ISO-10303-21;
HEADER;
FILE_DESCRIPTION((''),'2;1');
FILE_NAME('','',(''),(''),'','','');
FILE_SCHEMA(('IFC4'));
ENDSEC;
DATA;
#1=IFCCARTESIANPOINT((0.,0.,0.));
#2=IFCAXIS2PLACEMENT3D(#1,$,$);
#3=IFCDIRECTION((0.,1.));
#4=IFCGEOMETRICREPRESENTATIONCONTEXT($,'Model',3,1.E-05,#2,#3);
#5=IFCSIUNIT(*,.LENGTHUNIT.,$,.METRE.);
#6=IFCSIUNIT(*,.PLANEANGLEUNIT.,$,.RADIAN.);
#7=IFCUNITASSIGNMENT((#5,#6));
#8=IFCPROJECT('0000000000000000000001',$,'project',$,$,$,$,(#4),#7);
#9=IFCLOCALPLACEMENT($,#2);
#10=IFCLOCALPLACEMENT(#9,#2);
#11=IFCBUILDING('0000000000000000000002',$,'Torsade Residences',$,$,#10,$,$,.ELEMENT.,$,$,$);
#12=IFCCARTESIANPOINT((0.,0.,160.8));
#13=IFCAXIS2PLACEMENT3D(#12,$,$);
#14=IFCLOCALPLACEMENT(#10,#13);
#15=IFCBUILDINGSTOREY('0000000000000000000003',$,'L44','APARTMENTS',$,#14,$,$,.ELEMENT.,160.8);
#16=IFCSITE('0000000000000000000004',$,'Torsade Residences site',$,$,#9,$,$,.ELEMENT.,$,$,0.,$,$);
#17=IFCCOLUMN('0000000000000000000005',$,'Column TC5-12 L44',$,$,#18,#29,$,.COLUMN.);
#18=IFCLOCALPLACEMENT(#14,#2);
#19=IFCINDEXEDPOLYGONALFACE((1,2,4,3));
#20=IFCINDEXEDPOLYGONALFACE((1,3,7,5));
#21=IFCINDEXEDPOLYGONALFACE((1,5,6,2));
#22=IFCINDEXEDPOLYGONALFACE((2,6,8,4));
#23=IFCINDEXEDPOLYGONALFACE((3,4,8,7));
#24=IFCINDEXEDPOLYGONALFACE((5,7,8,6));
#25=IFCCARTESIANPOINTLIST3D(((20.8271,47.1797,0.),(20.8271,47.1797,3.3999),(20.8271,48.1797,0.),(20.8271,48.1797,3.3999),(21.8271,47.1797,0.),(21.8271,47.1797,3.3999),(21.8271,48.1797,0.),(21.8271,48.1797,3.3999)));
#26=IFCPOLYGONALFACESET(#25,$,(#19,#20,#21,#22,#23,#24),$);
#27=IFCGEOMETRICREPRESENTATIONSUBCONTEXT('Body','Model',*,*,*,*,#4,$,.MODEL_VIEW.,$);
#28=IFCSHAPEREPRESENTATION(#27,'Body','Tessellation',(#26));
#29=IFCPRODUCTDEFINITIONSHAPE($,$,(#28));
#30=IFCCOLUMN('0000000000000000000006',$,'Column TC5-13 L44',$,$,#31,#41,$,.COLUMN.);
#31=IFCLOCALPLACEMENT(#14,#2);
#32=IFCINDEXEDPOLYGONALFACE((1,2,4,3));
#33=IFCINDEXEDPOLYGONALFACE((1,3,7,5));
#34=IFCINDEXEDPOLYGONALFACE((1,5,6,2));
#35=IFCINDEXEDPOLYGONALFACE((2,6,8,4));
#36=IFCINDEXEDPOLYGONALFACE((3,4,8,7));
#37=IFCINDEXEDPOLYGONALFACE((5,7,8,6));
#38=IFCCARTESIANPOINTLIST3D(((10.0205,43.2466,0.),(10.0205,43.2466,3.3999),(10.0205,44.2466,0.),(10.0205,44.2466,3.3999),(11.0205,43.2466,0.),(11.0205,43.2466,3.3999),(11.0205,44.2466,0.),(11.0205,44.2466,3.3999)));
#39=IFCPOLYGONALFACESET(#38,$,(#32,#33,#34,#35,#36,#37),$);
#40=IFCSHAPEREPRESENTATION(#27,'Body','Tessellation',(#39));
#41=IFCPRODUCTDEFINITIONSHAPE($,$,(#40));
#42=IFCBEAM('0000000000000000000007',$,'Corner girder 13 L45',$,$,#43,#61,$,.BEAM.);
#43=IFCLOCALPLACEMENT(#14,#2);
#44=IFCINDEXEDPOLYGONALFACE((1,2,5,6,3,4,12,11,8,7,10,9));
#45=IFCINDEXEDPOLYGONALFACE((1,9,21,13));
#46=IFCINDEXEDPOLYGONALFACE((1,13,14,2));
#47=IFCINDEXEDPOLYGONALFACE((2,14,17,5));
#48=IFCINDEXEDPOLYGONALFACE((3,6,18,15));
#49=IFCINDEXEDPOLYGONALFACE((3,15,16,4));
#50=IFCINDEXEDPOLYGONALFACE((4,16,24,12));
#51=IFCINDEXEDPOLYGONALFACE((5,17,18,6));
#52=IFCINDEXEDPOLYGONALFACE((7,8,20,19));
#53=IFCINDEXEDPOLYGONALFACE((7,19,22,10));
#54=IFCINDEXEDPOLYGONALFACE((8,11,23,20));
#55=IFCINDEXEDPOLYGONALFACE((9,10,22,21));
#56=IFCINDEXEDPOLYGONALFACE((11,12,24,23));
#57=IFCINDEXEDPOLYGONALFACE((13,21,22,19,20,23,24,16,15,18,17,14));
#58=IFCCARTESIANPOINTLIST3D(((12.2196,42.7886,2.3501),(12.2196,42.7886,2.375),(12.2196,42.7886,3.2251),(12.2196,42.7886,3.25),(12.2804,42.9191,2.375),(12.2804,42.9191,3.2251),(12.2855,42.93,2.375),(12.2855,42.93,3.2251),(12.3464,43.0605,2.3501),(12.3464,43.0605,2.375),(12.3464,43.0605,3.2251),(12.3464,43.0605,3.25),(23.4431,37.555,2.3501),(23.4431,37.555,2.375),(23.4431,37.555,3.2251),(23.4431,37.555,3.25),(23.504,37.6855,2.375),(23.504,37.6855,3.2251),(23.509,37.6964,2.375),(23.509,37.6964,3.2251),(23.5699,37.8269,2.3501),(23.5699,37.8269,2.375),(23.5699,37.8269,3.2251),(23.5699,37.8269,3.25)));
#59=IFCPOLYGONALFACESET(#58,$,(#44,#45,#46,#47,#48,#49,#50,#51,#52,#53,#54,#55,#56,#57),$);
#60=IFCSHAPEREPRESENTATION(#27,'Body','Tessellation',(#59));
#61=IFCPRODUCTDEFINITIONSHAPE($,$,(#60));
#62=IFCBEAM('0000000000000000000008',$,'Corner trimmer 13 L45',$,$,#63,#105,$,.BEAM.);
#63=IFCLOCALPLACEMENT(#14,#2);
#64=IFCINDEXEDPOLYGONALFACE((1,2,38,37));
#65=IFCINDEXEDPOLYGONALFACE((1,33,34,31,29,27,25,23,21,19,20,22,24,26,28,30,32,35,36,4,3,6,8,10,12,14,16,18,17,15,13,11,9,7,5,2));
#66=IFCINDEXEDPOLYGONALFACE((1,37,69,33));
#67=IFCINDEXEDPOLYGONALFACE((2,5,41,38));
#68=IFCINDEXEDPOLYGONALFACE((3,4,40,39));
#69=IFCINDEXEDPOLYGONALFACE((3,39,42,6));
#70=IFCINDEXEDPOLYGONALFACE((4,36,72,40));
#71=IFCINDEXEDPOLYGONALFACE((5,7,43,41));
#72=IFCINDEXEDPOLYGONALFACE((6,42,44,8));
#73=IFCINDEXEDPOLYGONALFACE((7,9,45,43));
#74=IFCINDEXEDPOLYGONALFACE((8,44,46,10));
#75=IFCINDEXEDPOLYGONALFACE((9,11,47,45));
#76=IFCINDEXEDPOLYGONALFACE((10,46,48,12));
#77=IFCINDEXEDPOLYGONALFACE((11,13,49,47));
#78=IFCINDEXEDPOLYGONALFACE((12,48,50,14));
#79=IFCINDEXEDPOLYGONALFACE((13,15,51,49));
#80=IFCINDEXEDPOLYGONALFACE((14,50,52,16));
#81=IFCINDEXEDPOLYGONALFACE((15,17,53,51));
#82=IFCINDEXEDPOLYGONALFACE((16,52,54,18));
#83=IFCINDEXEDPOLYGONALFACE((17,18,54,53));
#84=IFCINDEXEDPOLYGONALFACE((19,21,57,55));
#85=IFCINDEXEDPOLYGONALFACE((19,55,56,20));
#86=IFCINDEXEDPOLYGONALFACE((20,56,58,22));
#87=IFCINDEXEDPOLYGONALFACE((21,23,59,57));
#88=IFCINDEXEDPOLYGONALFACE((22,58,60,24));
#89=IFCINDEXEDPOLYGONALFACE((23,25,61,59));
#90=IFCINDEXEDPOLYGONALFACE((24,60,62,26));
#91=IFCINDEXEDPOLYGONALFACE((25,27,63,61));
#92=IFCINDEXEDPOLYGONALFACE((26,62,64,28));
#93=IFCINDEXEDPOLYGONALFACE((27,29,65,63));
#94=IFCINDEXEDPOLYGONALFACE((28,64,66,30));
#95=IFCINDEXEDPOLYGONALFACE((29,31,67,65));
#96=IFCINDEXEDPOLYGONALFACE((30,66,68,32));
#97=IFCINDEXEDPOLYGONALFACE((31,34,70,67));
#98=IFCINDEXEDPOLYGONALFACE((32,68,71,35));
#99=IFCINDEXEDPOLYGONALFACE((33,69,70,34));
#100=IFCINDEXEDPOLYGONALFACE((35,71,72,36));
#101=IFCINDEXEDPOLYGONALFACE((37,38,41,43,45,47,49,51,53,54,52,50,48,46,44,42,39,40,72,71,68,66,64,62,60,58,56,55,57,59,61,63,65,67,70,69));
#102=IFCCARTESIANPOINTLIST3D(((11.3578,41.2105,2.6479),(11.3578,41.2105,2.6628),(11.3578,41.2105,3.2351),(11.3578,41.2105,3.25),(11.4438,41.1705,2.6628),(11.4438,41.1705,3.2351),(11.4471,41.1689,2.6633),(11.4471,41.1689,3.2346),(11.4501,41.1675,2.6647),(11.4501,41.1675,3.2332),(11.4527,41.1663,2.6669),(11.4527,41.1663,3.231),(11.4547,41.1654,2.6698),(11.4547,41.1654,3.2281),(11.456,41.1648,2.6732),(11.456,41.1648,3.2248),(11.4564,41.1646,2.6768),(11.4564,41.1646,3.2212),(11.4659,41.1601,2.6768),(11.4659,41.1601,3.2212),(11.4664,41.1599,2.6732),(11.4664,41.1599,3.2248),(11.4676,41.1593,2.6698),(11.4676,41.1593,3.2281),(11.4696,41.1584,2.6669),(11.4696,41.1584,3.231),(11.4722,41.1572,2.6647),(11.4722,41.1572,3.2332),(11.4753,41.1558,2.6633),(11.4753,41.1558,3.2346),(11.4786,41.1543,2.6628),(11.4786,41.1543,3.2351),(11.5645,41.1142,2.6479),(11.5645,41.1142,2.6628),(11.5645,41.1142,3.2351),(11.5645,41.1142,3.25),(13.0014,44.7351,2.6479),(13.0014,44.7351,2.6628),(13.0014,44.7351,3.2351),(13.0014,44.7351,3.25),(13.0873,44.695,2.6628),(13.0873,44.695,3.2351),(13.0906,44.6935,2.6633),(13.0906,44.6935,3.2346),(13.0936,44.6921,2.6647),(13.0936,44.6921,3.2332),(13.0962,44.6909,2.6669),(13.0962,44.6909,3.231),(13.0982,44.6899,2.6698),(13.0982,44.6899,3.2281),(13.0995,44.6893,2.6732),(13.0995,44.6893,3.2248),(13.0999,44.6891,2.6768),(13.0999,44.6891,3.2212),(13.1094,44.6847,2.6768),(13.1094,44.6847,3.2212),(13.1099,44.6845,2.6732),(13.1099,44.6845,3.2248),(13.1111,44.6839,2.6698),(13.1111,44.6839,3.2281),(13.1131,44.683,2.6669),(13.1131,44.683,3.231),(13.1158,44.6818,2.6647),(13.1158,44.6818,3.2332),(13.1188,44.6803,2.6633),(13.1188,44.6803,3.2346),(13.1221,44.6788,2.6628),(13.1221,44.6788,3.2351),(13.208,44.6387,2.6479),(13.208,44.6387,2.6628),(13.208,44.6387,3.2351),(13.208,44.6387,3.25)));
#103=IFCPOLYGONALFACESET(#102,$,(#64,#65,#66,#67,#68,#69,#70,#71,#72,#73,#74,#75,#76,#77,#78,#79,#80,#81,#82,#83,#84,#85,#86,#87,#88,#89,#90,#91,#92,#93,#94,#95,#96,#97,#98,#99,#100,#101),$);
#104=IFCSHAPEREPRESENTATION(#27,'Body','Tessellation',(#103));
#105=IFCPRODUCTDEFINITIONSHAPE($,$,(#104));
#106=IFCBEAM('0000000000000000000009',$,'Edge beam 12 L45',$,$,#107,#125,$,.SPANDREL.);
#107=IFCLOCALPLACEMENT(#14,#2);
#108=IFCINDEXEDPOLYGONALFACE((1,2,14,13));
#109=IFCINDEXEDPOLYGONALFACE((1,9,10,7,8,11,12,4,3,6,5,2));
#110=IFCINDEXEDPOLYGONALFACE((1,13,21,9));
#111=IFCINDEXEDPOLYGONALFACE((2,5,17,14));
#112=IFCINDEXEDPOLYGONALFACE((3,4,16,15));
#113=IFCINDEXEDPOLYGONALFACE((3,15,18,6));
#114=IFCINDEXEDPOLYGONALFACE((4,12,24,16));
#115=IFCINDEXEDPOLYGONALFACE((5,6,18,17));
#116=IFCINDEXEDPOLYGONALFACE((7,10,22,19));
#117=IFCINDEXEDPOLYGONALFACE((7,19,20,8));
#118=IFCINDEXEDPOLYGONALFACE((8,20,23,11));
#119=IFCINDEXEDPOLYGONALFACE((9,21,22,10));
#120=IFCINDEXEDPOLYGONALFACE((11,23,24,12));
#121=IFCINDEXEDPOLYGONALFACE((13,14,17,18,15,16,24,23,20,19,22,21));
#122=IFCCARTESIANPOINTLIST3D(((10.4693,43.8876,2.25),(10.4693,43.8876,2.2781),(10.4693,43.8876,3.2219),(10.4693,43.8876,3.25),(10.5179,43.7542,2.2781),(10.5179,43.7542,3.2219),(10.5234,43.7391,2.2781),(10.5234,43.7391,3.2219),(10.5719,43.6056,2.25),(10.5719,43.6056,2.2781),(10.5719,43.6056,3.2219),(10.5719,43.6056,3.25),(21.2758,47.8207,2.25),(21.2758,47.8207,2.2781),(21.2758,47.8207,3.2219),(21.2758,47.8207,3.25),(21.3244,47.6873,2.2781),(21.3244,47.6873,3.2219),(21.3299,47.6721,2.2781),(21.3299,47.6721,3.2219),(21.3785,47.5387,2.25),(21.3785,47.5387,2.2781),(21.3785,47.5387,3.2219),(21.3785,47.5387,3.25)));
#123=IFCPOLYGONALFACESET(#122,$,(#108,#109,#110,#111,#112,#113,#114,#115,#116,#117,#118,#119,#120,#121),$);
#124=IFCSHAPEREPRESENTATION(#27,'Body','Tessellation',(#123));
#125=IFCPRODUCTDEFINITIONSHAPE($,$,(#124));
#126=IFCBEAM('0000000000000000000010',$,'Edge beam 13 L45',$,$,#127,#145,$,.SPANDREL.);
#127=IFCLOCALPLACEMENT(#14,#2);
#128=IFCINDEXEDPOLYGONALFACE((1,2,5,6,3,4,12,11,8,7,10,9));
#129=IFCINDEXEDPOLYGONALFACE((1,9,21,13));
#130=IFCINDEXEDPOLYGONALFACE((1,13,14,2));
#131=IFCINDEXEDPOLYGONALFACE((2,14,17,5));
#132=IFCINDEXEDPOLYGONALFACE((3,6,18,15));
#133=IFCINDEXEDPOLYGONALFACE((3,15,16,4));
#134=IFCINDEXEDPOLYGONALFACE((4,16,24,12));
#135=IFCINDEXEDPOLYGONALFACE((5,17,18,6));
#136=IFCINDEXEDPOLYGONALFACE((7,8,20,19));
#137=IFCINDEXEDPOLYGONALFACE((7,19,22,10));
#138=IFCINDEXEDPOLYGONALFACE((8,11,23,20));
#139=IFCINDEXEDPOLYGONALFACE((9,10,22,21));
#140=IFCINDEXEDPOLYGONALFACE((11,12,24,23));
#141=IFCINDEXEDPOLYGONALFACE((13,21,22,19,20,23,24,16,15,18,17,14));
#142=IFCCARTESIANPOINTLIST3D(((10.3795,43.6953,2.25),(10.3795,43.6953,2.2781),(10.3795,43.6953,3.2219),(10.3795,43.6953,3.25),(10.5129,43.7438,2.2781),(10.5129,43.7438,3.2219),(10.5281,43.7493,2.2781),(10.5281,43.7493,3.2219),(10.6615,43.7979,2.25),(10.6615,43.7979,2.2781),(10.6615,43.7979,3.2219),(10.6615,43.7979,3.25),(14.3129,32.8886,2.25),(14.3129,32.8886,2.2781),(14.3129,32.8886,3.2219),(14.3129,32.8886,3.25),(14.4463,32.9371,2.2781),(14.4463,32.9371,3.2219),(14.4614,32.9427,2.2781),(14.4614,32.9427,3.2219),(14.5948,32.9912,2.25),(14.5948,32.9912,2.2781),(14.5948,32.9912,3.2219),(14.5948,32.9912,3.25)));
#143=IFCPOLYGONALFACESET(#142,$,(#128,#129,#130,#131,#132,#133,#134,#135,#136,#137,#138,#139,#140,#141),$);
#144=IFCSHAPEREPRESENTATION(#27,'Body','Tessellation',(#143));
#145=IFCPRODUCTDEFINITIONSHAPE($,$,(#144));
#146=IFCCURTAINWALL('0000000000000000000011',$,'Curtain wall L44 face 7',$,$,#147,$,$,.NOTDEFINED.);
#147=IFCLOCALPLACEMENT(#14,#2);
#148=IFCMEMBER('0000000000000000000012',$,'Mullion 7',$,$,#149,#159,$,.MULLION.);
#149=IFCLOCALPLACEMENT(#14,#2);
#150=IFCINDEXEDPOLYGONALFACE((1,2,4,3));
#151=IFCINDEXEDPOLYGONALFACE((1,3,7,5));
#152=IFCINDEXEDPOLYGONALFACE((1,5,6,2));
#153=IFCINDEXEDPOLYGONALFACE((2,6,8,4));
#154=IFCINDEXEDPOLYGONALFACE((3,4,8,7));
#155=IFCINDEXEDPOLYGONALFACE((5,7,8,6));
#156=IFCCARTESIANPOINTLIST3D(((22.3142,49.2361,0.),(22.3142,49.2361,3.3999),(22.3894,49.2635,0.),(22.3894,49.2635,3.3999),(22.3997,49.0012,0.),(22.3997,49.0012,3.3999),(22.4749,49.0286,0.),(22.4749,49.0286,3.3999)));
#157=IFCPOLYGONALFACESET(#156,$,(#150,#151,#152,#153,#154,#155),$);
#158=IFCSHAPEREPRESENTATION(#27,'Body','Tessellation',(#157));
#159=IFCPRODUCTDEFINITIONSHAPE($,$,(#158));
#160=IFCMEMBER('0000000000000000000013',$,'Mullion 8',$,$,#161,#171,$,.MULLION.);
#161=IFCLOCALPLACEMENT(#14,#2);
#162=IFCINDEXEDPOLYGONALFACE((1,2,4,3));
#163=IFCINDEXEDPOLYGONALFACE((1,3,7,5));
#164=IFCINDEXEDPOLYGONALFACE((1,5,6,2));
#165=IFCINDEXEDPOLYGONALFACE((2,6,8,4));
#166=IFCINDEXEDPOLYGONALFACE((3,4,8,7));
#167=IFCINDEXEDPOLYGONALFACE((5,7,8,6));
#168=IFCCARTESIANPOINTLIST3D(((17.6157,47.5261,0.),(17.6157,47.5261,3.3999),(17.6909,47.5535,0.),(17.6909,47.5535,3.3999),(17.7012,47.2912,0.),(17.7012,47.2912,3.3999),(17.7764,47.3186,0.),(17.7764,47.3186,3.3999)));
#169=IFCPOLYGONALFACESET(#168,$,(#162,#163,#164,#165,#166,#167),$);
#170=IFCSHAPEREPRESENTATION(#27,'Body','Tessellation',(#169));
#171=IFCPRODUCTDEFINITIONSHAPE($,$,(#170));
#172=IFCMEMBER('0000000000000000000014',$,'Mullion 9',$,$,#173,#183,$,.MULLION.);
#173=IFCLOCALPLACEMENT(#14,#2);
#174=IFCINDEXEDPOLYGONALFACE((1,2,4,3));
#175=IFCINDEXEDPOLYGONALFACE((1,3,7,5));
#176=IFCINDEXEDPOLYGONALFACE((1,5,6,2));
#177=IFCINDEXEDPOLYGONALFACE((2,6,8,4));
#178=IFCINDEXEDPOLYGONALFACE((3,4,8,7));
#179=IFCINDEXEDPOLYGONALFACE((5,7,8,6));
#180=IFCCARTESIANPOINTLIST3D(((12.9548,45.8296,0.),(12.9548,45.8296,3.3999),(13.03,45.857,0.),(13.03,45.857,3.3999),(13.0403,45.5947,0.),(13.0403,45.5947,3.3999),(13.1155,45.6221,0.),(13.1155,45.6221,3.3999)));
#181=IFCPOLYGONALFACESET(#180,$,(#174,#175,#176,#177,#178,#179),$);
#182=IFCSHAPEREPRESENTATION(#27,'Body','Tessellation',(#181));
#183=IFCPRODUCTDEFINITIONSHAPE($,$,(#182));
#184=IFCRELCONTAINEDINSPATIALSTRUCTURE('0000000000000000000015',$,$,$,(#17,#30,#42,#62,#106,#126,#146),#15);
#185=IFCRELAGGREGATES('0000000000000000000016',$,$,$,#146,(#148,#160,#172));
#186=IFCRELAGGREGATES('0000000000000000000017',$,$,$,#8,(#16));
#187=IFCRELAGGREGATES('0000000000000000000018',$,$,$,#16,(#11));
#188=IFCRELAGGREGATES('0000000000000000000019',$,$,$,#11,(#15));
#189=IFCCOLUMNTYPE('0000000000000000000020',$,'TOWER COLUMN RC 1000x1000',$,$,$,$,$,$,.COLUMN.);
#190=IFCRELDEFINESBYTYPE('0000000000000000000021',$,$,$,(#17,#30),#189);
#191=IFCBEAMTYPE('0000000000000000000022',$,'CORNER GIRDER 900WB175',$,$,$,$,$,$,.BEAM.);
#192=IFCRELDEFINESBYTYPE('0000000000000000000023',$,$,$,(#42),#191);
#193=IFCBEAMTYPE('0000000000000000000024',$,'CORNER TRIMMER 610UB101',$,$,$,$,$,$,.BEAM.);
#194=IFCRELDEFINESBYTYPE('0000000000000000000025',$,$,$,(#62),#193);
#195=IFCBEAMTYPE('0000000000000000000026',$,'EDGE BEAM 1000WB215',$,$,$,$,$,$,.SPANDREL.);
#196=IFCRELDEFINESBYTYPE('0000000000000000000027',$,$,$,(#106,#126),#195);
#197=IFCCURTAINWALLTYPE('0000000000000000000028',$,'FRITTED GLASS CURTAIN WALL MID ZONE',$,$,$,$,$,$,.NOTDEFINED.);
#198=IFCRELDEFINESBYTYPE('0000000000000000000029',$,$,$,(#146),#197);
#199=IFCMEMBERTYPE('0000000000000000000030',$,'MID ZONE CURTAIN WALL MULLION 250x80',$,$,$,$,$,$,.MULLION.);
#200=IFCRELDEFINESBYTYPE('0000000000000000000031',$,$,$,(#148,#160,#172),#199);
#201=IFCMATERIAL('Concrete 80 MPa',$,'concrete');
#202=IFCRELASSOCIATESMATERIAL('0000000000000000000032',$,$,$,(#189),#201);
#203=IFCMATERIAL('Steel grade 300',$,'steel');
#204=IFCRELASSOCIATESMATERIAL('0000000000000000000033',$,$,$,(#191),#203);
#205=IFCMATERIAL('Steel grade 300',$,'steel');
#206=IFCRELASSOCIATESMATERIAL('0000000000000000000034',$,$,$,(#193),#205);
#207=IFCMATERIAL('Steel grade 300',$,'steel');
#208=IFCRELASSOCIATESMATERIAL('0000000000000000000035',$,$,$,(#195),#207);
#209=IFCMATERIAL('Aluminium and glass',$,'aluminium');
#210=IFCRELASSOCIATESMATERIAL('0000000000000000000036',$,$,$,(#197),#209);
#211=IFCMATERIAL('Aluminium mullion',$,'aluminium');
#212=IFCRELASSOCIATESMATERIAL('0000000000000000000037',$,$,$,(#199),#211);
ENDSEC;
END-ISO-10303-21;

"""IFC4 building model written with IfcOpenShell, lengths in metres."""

from ifc_helpers import new_model, si_unit, direction, frame, origin, origin_2d, place, context, subcontext, project, spatial, rectangle, i_section, extrude, material, material_profile, profile_set, type_object, element, aggregate, save


model = new_model("IFC4")

# Units and contexts
model_context = context("Model", 3, precision=1e-05, world=origin(), true_north=direction((0.0, 1.0)))
body_context = subcontext(model_context, "Body", "Model", "MODEL_VIEW")
ifc_project = project(units=[si_unit("LENGTHUNIT", "METRE"), si_unit("PLANEANGLEUNIT", "RADIAN")], contexts=[model_context])

# Site, building, storey
site_placement = place(None, origin())
site = spatial("IfcSite", under=ifc_project, at=site_placement, Name="Torsade Residences site", CompositionType="ELEMENT", RefElevation=0.0)
building_placement = place(site_placement, origin())
building = spatial("IfcBuilding", under=site, at=building_placement, Name="Torsade Residences", CompositionType="ELEMENT")
storey_placement = place(building_placement, frame((0.0, 0.0, 160.8)))
storey = spatial("IfcBuildingStorey", under=building, at=storey_placement, Name="L44", Description="APARTMENTS", CompositionType="ELEMENT", Elevation=160.8)

# Columns
ifc_material_1 = material(Name="Concrete 80 MPa", Category="concrete")
ifc_material_profile_1 = material_profile(ifc_material_1, rectangle(XDim=1.0, YDim=1.0, at=origin_2d()), Name="RC 1000x1000")
ifc_profile_set_1 = profile_set([ifc_material_profile_1], Name="Concrete 80 MPa")
column_type = type_object("IfcColumnType", Name="TOWER COLUMN RC 1000x1000", PredefinedType="COLUMN", material=ifc_profile_set_1)
for number, where, z_axis, x_axis, name in (
    (1, (21.3271, 47.6797, 0.0), (0.0, 0.0, 1.0), (1.0, 0.0, 0.0), "Column TC5-12 L44"),
    (2, (10.5205, 43.7466, 0.0), (0.0, 0.0, 1.0), (1.0, 0.0, 0.0), "Column TC5-13 L44"),
):
    element("IfcColumn", number, at=place(storey_placement, frame(where, z_axis=z_axis, x_axis=x_axis)), inside=storey, type_object=column_type, Name=name, PredefinedType="COLUMN", context=body_context, shape_type="SweptSolid", body=[
        extrude(rectangle(XDim=1.0, YDim=1.0, at=origin_2d()), origin(), (0.0, 0.0, 1.0), 3.3999),
    ])

# Beams
ifc_material_2 = material(Name="Steel grade 300", Category="steel")
ifc_material_profile_2 = material_profile(ifc_material_2, i_section(OverallWidth=0.3, OverallDepth=0.8999, WebThickness=0.012, FlangeThickness=0.0249, at=origin_2d()), Name="900WB175")
ifc_profile_set_2 = profile_set([ifc_material_profile_2], Name="Steel grade 300")
beam_type_1 = type_object("IfcBeamType", Name="CORNER GIRDER 900WB175", PredefinedType="BEAM", material=ifc_profile_set_2)
beam_1_placement = place(storey_placement, frame((12.283, 42.9246, 2.8), z_axis=(0.906309, -0.422617, 0.0), x_axis=(0.422617, 0.906309, 0.0)))
element("IfcBeam", 3, at=beam_1_placement, inside=storey, type_object=beam_type_1, Name="Corner girder 13 L45", PredefinedType="BEAM", context=body_context, shape_type="SweptSolid", body=[
    extrude(i_section(OverallWidth=0.3, OverallDepth=0.8999, WebThickness=0.012, FlangeThickness=0.0249, at=origin_2d()), origin(), (0.0, 0.0, 1.0), 12.3838),
])
ifc_material_3 = material(Name="Steel grade 300", Category="steel")
ifc_material_profile_3 = material_profile(ifc_material_3, i_section(OverallWidth=0.228, OverallDepth=0.6021, WebThickness=0.0105, FlangeThickness=0.0149, FilletRadius=0.0139, at=origin_2d()), Name="610UB101")
ifc_profile_set_3 = profile_set([ifc_material_profile_3], Name="Steel grade 300")
beam_type_2 = type_object("IfcBeamType", Name="CORNER TRIMMER 610UB101", PredefinedType="BEAM", material=ifc_profile_set_3)
beam_2_placement = place(storey_placement, frame((11.4612, 41.1624, 2.949), z_axis=(0.422614, 0.90631, 0.0), x_axis=(-0.90631, 0.422614, 0.0)))
element("IfcBeam", 4, at=beam_2_placement, inside=storey, type_object=beam_type_2, Name="Corner trimmer 13 L45", PredefinedType="BEAM", context=body_context, shape_type="SweptSolid", body=[
    extrude(i_section(OverallWidth=0.228, OverallDepth=0.6021, WebThickness=0.0105, FlangeThickness=0.0149, FilletRadius=0.0139, at=origin_2d()), origin(), (0.0, 0.0, 1.0), 3.8889),
])
ifc_material_4 = material(Name="Steel grade 300", Category="steel")
ifc_material_profile_4 = material_profile(ifc_material_4, i_section(OverallWidth=0.3, OverallDepth=1.0, WebThickness=0.0161, FlangeThickness=0.0281, at=origin_2d()), Name="1000WB215")
ifc_profile_set_4 = profile_set([ifc_material_profile_4], Name="Steel grade 300")
beam_type_3 = type_object("IfcBeamType", Name="EDGE BEAM 1000WB215", PredefinedType="SPANDREL", material=ifc_profile_set_4)
beam_3_placement = place(storey_placement, frame((21.3271, 47.6797, 2.75), z_axis=(-0.939698, -0.342006, 0.0), x_axis=(0.342006, -0.939698, 0.0)))
element("IfcBeam", 5, at=beam_3_placement, inside=storey, type_object=beam_type_3, Name="Edge beam 12 L45", PredefinedType="SPANDREL", context=body_context, shape_type="SweptSolid", body=[
    extrude(i_section(OverallWidth=0.3, OverallDepth=1.0, WebThickness=0.0161, FlangeThickness=0.0281, at=origin_2d()), origin(), (0.0, 0.0, 1.0), 11.5),
])
beam_4_placement = place(storey_placement, frame((10.5205, 43.7466, 2.75), z_axis=(0.342024, -0.939691, 0.0), x_axis=(0.939691, 0.342024, 0.0)))
element("IfcBeam", 6, at=beam_4_placement, inside=storey, type_object=beam_type_3, Name="Edge beam 13 L45", PredefinedType="SPANDREL", context=body_context, shape_type="SweptSolid", body=[
    extrude(i_section(OverallWidth=0.3, OverallDepth=1.0, WebThickness=0.0161, FlangeThickness=0.0281, at=origin_2d()), origin(), (0.0, 0.0, 1.0), 11.5002),
])

# Curtain wall, members
ifc_material_5 = material(Name="Aluminium and glass", Category="aluminium")
curtain_wall_type = type_object("IfcCurtainWallType", Name="FRITTED GLASS CURTAIN WALL MID ZONE", PredefinedType="NOTDEFINED", material=ifc_material_5)
curtain_wall_placement = place(storey_placement, origin())
curtain_wall = element("IfcCurtainWall", 7, at=curtain_wall_placement, inside=storey, type_object=curtain_wall_type, Name="Curtain wall L44 face 7", PredefinedType="NOTDEFINED")
ifc_material_6 = material(Name="Aluminium mullion", Category="aluminium")
ifc_material_profile_5 = material_profile(ifc_material_6, rectangle(XDim=0.25, YDim=0.0801, at=origin_2d()), Name="MID ZONE CURTAIN WALL MULLION 250x80")
ifc_profile_set_5 = profile_set([ifc_material_profile_5], Name="Aluminium mullion")
member_type_1 = type_object("IfcMemberType", Name="MID ZONE CURTAIN WALL MULLION 250x80", PredefinedType="MULLION", material=ifc_profile_set_5)
member_1_placement = place(storey_placement, frame((22.3945, 49.1323, 0.0), z_axis=(0.0, 0.0, 1.0), x_axis=(0.34202, -0.939693, 0.0)))
member_1 = element("IfcMember", 8, at=member_1_placement, type_object=member_type_1, Name="Mullion 7", PredefinedType="MULLION", context=body_context, shape_type="SweptSolid", body=[
    extrude(rectangle(XDim=0.25, YDim=0.0801, at=origin_2d()), origin(), (0.0, 0.0, 1.0), 3.3999),
])
member_2_placement = place(storey_placement, frame((17.696, 47.4224, 0.0), z_axis=(0.0, 0.0, 1.0), x_axis=(0.34202, -0.939693, 0.0)))
member_2 = element("IfcMember", 9, at=member_2_placement, type_object=member_type_1, Name="Mullion 8", PredefinedType="MULLION", context=body_context, shape_type="SweptSolid", body=[
    extrude(rectangle(XDim=0.25, YDim=0.0801, at=origin_2d()), origin(), (0.0, 0.0, 1.0), 3.3999),
])
member_3_placement = place(storey_placement, frame((13.0352, 45.7258, 0.0), z_axis=(0.0, 0.0, 1.0), x_axis=(0.34202, -0.939693, 0.0)))
member_3 = element("IfcMember", 10, at=member_3_placement, type_object=member_type_1, Name="Mullion 9", PredefinedType="MULLION", context=body_context, shape_type="SweptSolid", body=[
    extrude(rectangle(XDim=0.25, YDim=0.0801, at=origin_2d()), origin(), (0.0, 0.0, 1.0), 3.3999),
])

aggregate(curtain_wall, [member_1, member_2, member_3])

save(model, "model.ifc")
